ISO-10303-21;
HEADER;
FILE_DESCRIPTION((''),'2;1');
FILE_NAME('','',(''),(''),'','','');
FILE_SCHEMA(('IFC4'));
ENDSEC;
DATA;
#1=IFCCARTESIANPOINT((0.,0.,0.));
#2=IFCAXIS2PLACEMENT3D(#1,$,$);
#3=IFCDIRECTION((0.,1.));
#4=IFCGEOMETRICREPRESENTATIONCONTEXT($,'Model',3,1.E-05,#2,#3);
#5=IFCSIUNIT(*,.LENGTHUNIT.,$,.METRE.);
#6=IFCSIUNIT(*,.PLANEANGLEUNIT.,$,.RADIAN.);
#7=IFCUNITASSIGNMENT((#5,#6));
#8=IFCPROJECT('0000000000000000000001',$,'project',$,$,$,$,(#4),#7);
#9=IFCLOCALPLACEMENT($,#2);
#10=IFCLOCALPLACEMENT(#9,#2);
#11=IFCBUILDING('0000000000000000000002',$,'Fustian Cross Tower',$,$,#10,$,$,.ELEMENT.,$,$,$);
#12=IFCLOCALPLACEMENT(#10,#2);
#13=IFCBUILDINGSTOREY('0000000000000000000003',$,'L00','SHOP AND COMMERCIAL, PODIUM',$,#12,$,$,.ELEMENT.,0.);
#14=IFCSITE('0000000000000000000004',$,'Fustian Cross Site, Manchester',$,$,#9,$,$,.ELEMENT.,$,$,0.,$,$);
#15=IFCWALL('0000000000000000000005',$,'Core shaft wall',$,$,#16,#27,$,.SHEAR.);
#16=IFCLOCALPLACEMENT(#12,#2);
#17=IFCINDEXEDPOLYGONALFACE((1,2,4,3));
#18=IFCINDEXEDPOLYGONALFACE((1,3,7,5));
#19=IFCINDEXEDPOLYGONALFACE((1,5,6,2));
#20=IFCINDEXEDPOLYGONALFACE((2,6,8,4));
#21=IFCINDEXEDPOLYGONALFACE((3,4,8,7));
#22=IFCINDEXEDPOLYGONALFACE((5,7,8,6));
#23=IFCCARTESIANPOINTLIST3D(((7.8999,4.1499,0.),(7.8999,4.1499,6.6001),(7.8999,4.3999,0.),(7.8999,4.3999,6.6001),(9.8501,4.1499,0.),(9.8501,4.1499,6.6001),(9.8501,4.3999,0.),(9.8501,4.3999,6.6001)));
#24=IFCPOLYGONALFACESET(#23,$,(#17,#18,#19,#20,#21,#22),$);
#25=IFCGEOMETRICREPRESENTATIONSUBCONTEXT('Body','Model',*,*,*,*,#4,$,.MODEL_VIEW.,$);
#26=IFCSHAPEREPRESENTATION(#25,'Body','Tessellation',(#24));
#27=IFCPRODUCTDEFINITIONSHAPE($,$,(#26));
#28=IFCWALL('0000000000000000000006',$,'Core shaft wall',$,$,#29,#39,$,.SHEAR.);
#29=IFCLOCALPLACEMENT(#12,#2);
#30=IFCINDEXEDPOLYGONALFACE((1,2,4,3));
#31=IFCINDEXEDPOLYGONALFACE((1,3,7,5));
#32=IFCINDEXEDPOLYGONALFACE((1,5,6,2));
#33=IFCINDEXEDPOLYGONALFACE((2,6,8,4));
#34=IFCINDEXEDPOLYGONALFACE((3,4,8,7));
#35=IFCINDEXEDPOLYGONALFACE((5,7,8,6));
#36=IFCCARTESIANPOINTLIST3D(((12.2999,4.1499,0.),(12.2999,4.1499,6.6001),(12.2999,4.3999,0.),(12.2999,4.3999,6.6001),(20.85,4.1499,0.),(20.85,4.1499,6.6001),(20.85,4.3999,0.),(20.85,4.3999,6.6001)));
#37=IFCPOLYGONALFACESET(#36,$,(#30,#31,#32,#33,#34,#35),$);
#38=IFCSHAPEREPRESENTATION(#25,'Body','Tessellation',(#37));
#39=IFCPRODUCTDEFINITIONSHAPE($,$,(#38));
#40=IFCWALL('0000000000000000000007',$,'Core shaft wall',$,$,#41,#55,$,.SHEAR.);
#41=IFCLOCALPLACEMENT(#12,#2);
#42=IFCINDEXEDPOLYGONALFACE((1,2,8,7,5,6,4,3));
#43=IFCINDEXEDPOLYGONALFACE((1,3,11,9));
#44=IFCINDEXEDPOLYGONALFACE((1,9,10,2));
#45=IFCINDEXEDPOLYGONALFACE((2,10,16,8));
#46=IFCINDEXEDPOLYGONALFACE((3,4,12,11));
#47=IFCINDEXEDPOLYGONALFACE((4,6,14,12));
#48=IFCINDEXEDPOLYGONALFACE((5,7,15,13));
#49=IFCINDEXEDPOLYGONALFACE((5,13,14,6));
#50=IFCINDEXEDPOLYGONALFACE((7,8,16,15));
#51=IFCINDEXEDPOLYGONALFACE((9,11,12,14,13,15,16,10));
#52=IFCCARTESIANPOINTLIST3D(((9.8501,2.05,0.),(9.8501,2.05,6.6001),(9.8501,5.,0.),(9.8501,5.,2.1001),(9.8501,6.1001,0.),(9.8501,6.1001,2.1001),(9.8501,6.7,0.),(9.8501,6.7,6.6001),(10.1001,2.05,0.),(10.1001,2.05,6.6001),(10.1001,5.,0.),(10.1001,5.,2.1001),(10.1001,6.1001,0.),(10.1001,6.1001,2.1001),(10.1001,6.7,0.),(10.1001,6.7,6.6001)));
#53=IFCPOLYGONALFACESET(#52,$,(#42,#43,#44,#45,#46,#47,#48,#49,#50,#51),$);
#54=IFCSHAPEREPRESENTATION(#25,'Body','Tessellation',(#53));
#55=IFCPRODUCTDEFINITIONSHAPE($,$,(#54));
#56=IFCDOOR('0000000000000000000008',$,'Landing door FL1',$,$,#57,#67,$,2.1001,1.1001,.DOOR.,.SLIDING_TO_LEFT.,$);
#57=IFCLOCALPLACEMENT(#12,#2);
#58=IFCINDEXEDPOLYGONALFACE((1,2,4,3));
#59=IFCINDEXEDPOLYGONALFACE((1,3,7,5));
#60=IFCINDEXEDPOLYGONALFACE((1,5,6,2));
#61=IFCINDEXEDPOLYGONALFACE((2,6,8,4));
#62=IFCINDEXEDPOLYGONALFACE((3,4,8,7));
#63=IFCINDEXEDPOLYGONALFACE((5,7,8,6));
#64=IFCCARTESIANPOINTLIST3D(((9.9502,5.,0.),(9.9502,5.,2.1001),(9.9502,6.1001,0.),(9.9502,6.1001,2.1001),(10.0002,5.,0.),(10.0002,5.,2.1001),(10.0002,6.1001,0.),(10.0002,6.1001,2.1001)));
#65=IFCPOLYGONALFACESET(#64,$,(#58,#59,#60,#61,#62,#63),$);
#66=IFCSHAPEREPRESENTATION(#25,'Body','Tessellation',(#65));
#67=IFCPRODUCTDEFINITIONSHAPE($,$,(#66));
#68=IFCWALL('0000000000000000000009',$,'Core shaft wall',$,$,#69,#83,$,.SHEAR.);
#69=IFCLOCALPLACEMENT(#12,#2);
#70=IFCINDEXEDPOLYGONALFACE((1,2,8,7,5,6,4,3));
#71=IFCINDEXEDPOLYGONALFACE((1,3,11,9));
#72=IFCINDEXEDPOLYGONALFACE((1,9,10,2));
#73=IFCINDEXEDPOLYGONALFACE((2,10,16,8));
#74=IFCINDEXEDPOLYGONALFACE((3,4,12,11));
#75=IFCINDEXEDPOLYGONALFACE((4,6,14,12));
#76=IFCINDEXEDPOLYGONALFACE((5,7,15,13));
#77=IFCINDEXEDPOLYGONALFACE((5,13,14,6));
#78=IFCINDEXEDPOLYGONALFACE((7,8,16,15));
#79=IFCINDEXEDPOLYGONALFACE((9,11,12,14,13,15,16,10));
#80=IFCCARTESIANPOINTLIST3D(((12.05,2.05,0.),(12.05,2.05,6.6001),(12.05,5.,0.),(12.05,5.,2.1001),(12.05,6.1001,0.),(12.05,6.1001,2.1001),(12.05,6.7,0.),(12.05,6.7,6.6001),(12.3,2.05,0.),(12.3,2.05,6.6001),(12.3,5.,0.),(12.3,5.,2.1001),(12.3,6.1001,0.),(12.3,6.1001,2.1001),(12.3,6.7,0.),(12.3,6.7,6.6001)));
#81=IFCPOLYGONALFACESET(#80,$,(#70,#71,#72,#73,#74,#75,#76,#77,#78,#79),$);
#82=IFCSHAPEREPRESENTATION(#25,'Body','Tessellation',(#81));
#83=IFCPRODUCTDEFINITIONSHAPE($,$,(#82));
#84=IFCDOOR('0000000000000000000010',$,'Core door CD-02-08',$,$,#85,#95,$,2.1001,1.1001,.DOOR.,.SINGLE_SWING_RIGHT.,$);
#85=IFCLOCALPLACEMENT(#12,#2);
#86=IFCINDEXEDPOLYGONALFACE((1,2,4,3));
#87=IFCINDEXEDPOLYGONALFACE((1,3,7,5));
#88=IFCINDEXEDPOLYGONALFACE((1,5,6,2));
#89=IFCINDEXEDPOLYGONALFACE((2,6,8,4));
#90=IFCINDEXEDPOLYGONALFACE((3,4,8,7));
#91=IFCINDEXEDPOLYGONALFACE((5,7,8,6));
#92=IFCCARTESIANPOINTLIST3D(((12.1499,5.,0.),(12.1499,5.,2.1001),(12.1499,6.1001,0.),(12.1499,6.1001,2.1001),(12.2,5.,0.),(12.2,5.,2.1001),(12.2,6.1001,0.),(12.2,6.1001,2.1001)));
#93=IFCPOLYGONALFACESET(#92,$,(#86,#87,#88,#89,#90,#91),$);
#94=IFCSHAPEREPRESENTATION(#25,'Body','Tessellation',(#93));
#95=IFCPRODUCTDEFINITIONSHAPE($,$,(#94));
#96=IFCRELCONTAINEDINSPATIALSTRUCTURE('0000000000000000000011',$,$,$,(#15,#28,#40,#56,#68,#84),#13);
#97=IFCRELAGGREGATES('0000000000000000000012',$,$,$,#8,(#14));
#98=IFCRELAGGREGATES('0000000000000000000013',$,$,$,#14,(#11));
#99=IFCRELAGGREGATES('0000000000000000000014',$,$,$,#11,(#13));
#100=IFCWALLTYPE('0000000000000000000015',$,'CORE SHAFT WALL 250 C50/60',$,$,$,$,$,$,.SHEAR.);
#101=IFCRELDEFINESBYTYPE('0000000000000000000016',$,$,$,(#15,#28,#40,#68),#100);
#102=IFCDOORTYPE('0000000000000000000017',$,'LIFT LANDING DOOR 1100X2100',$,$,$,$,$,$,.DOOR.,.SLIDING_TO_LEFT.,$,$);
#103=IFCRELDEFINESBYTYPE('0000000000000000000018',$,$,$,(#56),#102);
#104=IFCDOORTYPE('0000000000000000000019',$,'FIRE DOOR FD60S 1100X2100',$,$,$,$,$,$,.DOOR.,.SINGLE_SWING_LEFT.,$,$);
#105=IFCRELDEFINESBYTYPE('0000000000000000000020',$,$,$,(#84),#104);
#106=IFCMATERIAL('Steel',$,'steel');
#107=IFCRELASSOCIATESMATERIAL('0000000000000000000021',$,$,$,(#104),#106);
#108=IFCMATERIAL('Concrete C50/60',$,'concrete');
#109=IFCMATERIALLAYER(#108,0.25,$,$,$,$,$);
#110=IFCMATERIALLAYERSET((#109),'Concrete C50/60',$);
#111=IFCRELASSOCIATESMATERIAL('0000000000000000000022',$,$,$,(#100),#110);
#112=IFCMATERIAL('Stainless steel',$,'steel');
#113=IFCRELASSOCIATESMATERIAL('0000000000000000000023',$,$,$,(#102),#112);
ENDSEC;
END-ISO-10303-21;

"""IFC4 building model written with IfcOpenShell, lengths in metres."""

from ifc_helpers import new_model, si_unit, direction, frame, frame_2d, origin, place, context, subcontext, project, spatial, rectangle, extrude, material, layer, layer_set, type_object, element, fill, save


model = new_model("IFC4")

# Units and contexts
model_context = context("Model", 3, precision=1e-05, world=origin(), true_north=direction((0.0, 1.0)))
body_context = subcontext(model_context, "Body", "Model", "MODEL_VIEW")
ifc_project = project(units=[si_unit("LENGTHUNIT", "METRE"), si_unit("PLANEANGLEUNIT", "RADIAN")], contexts=[model_context])

# Site, building, storey
site_placement = place(None, origin())
site = spatial("IfcSite", under=ifc_project, at=site_placement, Name="Fustian Cross Site, Manchester", CompositionType="ELEMENT", RefElevation=0.0)
building_placement = place(site_placement, origin())
building = spatial("IfcBuilding", under=site, at=building_placement, Name="Fustian Cross Tower", CompositionType="ELEMENT")
storey_placement = place(building_placement, origin())
storey = spatial("IfcBuildingStorey", under=building, at=storey_placement, Name="L00", Description="SHOP AND COMMERCIAL, PODIUM", CompositionType="ELEMENT", Elevation=0.0)

# Shared definitions
ifc_material_1 = material(Name="Steel", Category="steel")
door_type_1 = type_object("IfcDoorType", Name="FIRE DOOR FD60S 1100X2100", OperationType="SINGLE_SWING_LEFT", PredefinedType="DOOR", material=ifc_material_1)

# Walls
ifc_material_2 = material(Name="Concrete C50/60", Category="concrete")
ifc_layer_1 = layer(ifc_material_2, 0.25)
ifc_layer_set_1 = layer_set([ifc_layer_1], Name="Concrete C50/60")
wall_type_1 = type_object("IfcWallType", Name="CORE SHAFT WALL 250 C50/60", PredefinedType="SHEAR", material=ifc_layer_set_1)
wall_1_placement = place(storey_placement, frame((7.8999, 4.2749, 0.0), z_axis=(0.0, 0.0, 1.0), x_axis=(1.0, 0.0, 0.0)))
element("IfcWall", 1, at=wall_1_placement, inside=storey, type_object=wall_type_1, Name="Core shaft wall", PredefinedType="SHEAR", context=body_context, shape_type="SweptSolid", body=[
    extrude(rectangle(XDim=1.9502, YDim=0.25, at=frame_2d((0.9751, 0.0))), origin(), (0.0, 0.0, 1.0), 6.6001),
])
wall_2_placement = place(storey_placement, frame((12.3, 4.2749, 0.0), z_axis=(0.0, 0.0, 1.0), x_axis=(1.0, 0.0, 0.0)))
element("IfcWall", 2, at=wall_2_placement, inside=storey, type_object=wall_type_1, Name="Core shaft wall", PredefinedType="SHEAR", context=body_context, shape_type="SweptSolid", body=[
    extrude(rectangle(XDim=8.55, YDim=0.25, at=frame_2d((4.2749, 0.0))), origin(), (0.0, 0.0, 1.0), 6.6001),
])

# Walls, openings, doors
wall_3_placement = place(storey_placement, frame((9.9751, 2.05, 0.0), z_axis=(0.0, 0.0, 1.0), x_axis=(0.0, 1.0, 0.0)))
wall_3 = element("IfcWall", 3, at=wall_3_placement, inside=storey, type_object=wall_type_1, Name="Core shaft wall", PredefinedType="SHEAR", context=body_context, shape_type="SweptSolid", body=[
    extrude(rectangle(XDim=4.6499, YDim=0.25, at=frame_2d((2.325, 0.0))), origin(), (0.0, 0.0, 1.0), 6.6001),
])
opening_1_placement = place(wall_3_placement, frame((2.95, 0.0, 0.0)))
opening_1 = element("IfcOpeningElement", 4, at=opening_1_placement, cuts=wall_3, PredefinedType="OPENING", context=body_context, shape_type="SweptSolid", body=[
    extrude(rectangle(XDim=1.1001, YDim=2.1001, at=frame_2d((0.55, 1.05))), frame((0.0, 0.135, 0.0), z_axis=(0.0, -1.0, 0.0), x_axis=(1.0, 0.0, 0.0)), (0.0, 0.0, 1.0), 0.27),
])
ifc_material_3 = material(Name="Stainless steel", Category="steel")
door_type_2 = type_object("IfcDoorType", Name="LIFT LANDING DOOR 1100X2100", OperationType="SLIDING_TO_LEFT", PredefinedType="DOOR", material=ifc_material_3)
door_1_placement = place(opening_1_placement, origin())
door_1 = element("IfcDoor", 5, at=door_1_placement, inside=storey, type_object=door_type_2, Name="Landing door FL1", OperationType="SLIDING_TO_LEFT", OverallHeight=2.1001, OverallWidth=1.1001, PredefinedType="DOOR", context=body_context, shape_type="SweptSolid", body=[
    extrude(rectangle(XDim=1.1001, YDim=2.1001, at=frame_2d((0.55, 1.05))), frame((0.0, 0.0249, 0.0), z_axis=(0.0, -1.0, 0.0), x_axis=(1.0, 0.0, 0.0)), (0.0, 0.0, 1.0), 0.05),
])
fill(opening_1, door_1)
wall_4_placement = place(storey_placement, frame((12.175, 2.05, 0.0), z_axis=(0.0, 0.0, 1.0), x_axis=(0.0, 1.0, 0.0)))
wall_4 = element("IfcWall", 6, at=wall_4_placement, inside=storey, type_object=wall_type_1, Name="Core shaft wall", PredefinedType="SHEAR", context=body_context, shape_type="SweptSolid", body=[
    extrude(rectangle(XDim=4.6499, YDim=0.25, at=frame_2d((2.325, 0.0))), origin(), (0.0, 0.0, 1.0), 6.6001),
])
opening_2_placement = place(wall_4_placement, frame((2.95, 0.0, 0.0)))
opening_2 = element("IfcOpeningElement", 7, at=opening_2_placement, cuts=wall_4, PredefinedType="OPENING", context=body_context, shape_type="SweptSolid", body=[
    extrude(rectangle(XDim=1.1001, YDim=2.1001, at=frame_2d((0.55, 1.05))), frame((0.0, 0.135, 0.0), z_axis=(0.0, -1.0, 0.0), x_axis=(1.0, 0.0, 0.0)), (0.0, 0.0, 1.0), 0.27),
])
door_2_placement = place(opening_2_placement, frame((1.1001, 0.0, 0.0), z_axis=(0.0, 0.0, 1.0), x_axis=(-1.0, 0.0, 0.0)))
door_2 = element("IfcDoor", 8, at=door_2_placement, inside=storey, type_object=door_type_1, Name="Core door CD-02-08", OperationType="SINGLE_SWING_RIGHT", OverallHeight=2.1001, OverallWidth=1.1001, PredefinedType="DOOR", context=body_context, shape_type="SweptSolid", body=[
    extrude(rectangle(XDim=1.1001, YDim=2.1001, at=frame_2d((0.55, 1.05))), frame((0.0, 0.0249, 0.0), z_axis=(0.0, -1.0, 0.0), x_axis=(1.0, 0.0, 0.0)), (0.0, 0.0, 1.0), 0.05),
])
fill(opening_2, door_2)

save(model, "model.ifc")
